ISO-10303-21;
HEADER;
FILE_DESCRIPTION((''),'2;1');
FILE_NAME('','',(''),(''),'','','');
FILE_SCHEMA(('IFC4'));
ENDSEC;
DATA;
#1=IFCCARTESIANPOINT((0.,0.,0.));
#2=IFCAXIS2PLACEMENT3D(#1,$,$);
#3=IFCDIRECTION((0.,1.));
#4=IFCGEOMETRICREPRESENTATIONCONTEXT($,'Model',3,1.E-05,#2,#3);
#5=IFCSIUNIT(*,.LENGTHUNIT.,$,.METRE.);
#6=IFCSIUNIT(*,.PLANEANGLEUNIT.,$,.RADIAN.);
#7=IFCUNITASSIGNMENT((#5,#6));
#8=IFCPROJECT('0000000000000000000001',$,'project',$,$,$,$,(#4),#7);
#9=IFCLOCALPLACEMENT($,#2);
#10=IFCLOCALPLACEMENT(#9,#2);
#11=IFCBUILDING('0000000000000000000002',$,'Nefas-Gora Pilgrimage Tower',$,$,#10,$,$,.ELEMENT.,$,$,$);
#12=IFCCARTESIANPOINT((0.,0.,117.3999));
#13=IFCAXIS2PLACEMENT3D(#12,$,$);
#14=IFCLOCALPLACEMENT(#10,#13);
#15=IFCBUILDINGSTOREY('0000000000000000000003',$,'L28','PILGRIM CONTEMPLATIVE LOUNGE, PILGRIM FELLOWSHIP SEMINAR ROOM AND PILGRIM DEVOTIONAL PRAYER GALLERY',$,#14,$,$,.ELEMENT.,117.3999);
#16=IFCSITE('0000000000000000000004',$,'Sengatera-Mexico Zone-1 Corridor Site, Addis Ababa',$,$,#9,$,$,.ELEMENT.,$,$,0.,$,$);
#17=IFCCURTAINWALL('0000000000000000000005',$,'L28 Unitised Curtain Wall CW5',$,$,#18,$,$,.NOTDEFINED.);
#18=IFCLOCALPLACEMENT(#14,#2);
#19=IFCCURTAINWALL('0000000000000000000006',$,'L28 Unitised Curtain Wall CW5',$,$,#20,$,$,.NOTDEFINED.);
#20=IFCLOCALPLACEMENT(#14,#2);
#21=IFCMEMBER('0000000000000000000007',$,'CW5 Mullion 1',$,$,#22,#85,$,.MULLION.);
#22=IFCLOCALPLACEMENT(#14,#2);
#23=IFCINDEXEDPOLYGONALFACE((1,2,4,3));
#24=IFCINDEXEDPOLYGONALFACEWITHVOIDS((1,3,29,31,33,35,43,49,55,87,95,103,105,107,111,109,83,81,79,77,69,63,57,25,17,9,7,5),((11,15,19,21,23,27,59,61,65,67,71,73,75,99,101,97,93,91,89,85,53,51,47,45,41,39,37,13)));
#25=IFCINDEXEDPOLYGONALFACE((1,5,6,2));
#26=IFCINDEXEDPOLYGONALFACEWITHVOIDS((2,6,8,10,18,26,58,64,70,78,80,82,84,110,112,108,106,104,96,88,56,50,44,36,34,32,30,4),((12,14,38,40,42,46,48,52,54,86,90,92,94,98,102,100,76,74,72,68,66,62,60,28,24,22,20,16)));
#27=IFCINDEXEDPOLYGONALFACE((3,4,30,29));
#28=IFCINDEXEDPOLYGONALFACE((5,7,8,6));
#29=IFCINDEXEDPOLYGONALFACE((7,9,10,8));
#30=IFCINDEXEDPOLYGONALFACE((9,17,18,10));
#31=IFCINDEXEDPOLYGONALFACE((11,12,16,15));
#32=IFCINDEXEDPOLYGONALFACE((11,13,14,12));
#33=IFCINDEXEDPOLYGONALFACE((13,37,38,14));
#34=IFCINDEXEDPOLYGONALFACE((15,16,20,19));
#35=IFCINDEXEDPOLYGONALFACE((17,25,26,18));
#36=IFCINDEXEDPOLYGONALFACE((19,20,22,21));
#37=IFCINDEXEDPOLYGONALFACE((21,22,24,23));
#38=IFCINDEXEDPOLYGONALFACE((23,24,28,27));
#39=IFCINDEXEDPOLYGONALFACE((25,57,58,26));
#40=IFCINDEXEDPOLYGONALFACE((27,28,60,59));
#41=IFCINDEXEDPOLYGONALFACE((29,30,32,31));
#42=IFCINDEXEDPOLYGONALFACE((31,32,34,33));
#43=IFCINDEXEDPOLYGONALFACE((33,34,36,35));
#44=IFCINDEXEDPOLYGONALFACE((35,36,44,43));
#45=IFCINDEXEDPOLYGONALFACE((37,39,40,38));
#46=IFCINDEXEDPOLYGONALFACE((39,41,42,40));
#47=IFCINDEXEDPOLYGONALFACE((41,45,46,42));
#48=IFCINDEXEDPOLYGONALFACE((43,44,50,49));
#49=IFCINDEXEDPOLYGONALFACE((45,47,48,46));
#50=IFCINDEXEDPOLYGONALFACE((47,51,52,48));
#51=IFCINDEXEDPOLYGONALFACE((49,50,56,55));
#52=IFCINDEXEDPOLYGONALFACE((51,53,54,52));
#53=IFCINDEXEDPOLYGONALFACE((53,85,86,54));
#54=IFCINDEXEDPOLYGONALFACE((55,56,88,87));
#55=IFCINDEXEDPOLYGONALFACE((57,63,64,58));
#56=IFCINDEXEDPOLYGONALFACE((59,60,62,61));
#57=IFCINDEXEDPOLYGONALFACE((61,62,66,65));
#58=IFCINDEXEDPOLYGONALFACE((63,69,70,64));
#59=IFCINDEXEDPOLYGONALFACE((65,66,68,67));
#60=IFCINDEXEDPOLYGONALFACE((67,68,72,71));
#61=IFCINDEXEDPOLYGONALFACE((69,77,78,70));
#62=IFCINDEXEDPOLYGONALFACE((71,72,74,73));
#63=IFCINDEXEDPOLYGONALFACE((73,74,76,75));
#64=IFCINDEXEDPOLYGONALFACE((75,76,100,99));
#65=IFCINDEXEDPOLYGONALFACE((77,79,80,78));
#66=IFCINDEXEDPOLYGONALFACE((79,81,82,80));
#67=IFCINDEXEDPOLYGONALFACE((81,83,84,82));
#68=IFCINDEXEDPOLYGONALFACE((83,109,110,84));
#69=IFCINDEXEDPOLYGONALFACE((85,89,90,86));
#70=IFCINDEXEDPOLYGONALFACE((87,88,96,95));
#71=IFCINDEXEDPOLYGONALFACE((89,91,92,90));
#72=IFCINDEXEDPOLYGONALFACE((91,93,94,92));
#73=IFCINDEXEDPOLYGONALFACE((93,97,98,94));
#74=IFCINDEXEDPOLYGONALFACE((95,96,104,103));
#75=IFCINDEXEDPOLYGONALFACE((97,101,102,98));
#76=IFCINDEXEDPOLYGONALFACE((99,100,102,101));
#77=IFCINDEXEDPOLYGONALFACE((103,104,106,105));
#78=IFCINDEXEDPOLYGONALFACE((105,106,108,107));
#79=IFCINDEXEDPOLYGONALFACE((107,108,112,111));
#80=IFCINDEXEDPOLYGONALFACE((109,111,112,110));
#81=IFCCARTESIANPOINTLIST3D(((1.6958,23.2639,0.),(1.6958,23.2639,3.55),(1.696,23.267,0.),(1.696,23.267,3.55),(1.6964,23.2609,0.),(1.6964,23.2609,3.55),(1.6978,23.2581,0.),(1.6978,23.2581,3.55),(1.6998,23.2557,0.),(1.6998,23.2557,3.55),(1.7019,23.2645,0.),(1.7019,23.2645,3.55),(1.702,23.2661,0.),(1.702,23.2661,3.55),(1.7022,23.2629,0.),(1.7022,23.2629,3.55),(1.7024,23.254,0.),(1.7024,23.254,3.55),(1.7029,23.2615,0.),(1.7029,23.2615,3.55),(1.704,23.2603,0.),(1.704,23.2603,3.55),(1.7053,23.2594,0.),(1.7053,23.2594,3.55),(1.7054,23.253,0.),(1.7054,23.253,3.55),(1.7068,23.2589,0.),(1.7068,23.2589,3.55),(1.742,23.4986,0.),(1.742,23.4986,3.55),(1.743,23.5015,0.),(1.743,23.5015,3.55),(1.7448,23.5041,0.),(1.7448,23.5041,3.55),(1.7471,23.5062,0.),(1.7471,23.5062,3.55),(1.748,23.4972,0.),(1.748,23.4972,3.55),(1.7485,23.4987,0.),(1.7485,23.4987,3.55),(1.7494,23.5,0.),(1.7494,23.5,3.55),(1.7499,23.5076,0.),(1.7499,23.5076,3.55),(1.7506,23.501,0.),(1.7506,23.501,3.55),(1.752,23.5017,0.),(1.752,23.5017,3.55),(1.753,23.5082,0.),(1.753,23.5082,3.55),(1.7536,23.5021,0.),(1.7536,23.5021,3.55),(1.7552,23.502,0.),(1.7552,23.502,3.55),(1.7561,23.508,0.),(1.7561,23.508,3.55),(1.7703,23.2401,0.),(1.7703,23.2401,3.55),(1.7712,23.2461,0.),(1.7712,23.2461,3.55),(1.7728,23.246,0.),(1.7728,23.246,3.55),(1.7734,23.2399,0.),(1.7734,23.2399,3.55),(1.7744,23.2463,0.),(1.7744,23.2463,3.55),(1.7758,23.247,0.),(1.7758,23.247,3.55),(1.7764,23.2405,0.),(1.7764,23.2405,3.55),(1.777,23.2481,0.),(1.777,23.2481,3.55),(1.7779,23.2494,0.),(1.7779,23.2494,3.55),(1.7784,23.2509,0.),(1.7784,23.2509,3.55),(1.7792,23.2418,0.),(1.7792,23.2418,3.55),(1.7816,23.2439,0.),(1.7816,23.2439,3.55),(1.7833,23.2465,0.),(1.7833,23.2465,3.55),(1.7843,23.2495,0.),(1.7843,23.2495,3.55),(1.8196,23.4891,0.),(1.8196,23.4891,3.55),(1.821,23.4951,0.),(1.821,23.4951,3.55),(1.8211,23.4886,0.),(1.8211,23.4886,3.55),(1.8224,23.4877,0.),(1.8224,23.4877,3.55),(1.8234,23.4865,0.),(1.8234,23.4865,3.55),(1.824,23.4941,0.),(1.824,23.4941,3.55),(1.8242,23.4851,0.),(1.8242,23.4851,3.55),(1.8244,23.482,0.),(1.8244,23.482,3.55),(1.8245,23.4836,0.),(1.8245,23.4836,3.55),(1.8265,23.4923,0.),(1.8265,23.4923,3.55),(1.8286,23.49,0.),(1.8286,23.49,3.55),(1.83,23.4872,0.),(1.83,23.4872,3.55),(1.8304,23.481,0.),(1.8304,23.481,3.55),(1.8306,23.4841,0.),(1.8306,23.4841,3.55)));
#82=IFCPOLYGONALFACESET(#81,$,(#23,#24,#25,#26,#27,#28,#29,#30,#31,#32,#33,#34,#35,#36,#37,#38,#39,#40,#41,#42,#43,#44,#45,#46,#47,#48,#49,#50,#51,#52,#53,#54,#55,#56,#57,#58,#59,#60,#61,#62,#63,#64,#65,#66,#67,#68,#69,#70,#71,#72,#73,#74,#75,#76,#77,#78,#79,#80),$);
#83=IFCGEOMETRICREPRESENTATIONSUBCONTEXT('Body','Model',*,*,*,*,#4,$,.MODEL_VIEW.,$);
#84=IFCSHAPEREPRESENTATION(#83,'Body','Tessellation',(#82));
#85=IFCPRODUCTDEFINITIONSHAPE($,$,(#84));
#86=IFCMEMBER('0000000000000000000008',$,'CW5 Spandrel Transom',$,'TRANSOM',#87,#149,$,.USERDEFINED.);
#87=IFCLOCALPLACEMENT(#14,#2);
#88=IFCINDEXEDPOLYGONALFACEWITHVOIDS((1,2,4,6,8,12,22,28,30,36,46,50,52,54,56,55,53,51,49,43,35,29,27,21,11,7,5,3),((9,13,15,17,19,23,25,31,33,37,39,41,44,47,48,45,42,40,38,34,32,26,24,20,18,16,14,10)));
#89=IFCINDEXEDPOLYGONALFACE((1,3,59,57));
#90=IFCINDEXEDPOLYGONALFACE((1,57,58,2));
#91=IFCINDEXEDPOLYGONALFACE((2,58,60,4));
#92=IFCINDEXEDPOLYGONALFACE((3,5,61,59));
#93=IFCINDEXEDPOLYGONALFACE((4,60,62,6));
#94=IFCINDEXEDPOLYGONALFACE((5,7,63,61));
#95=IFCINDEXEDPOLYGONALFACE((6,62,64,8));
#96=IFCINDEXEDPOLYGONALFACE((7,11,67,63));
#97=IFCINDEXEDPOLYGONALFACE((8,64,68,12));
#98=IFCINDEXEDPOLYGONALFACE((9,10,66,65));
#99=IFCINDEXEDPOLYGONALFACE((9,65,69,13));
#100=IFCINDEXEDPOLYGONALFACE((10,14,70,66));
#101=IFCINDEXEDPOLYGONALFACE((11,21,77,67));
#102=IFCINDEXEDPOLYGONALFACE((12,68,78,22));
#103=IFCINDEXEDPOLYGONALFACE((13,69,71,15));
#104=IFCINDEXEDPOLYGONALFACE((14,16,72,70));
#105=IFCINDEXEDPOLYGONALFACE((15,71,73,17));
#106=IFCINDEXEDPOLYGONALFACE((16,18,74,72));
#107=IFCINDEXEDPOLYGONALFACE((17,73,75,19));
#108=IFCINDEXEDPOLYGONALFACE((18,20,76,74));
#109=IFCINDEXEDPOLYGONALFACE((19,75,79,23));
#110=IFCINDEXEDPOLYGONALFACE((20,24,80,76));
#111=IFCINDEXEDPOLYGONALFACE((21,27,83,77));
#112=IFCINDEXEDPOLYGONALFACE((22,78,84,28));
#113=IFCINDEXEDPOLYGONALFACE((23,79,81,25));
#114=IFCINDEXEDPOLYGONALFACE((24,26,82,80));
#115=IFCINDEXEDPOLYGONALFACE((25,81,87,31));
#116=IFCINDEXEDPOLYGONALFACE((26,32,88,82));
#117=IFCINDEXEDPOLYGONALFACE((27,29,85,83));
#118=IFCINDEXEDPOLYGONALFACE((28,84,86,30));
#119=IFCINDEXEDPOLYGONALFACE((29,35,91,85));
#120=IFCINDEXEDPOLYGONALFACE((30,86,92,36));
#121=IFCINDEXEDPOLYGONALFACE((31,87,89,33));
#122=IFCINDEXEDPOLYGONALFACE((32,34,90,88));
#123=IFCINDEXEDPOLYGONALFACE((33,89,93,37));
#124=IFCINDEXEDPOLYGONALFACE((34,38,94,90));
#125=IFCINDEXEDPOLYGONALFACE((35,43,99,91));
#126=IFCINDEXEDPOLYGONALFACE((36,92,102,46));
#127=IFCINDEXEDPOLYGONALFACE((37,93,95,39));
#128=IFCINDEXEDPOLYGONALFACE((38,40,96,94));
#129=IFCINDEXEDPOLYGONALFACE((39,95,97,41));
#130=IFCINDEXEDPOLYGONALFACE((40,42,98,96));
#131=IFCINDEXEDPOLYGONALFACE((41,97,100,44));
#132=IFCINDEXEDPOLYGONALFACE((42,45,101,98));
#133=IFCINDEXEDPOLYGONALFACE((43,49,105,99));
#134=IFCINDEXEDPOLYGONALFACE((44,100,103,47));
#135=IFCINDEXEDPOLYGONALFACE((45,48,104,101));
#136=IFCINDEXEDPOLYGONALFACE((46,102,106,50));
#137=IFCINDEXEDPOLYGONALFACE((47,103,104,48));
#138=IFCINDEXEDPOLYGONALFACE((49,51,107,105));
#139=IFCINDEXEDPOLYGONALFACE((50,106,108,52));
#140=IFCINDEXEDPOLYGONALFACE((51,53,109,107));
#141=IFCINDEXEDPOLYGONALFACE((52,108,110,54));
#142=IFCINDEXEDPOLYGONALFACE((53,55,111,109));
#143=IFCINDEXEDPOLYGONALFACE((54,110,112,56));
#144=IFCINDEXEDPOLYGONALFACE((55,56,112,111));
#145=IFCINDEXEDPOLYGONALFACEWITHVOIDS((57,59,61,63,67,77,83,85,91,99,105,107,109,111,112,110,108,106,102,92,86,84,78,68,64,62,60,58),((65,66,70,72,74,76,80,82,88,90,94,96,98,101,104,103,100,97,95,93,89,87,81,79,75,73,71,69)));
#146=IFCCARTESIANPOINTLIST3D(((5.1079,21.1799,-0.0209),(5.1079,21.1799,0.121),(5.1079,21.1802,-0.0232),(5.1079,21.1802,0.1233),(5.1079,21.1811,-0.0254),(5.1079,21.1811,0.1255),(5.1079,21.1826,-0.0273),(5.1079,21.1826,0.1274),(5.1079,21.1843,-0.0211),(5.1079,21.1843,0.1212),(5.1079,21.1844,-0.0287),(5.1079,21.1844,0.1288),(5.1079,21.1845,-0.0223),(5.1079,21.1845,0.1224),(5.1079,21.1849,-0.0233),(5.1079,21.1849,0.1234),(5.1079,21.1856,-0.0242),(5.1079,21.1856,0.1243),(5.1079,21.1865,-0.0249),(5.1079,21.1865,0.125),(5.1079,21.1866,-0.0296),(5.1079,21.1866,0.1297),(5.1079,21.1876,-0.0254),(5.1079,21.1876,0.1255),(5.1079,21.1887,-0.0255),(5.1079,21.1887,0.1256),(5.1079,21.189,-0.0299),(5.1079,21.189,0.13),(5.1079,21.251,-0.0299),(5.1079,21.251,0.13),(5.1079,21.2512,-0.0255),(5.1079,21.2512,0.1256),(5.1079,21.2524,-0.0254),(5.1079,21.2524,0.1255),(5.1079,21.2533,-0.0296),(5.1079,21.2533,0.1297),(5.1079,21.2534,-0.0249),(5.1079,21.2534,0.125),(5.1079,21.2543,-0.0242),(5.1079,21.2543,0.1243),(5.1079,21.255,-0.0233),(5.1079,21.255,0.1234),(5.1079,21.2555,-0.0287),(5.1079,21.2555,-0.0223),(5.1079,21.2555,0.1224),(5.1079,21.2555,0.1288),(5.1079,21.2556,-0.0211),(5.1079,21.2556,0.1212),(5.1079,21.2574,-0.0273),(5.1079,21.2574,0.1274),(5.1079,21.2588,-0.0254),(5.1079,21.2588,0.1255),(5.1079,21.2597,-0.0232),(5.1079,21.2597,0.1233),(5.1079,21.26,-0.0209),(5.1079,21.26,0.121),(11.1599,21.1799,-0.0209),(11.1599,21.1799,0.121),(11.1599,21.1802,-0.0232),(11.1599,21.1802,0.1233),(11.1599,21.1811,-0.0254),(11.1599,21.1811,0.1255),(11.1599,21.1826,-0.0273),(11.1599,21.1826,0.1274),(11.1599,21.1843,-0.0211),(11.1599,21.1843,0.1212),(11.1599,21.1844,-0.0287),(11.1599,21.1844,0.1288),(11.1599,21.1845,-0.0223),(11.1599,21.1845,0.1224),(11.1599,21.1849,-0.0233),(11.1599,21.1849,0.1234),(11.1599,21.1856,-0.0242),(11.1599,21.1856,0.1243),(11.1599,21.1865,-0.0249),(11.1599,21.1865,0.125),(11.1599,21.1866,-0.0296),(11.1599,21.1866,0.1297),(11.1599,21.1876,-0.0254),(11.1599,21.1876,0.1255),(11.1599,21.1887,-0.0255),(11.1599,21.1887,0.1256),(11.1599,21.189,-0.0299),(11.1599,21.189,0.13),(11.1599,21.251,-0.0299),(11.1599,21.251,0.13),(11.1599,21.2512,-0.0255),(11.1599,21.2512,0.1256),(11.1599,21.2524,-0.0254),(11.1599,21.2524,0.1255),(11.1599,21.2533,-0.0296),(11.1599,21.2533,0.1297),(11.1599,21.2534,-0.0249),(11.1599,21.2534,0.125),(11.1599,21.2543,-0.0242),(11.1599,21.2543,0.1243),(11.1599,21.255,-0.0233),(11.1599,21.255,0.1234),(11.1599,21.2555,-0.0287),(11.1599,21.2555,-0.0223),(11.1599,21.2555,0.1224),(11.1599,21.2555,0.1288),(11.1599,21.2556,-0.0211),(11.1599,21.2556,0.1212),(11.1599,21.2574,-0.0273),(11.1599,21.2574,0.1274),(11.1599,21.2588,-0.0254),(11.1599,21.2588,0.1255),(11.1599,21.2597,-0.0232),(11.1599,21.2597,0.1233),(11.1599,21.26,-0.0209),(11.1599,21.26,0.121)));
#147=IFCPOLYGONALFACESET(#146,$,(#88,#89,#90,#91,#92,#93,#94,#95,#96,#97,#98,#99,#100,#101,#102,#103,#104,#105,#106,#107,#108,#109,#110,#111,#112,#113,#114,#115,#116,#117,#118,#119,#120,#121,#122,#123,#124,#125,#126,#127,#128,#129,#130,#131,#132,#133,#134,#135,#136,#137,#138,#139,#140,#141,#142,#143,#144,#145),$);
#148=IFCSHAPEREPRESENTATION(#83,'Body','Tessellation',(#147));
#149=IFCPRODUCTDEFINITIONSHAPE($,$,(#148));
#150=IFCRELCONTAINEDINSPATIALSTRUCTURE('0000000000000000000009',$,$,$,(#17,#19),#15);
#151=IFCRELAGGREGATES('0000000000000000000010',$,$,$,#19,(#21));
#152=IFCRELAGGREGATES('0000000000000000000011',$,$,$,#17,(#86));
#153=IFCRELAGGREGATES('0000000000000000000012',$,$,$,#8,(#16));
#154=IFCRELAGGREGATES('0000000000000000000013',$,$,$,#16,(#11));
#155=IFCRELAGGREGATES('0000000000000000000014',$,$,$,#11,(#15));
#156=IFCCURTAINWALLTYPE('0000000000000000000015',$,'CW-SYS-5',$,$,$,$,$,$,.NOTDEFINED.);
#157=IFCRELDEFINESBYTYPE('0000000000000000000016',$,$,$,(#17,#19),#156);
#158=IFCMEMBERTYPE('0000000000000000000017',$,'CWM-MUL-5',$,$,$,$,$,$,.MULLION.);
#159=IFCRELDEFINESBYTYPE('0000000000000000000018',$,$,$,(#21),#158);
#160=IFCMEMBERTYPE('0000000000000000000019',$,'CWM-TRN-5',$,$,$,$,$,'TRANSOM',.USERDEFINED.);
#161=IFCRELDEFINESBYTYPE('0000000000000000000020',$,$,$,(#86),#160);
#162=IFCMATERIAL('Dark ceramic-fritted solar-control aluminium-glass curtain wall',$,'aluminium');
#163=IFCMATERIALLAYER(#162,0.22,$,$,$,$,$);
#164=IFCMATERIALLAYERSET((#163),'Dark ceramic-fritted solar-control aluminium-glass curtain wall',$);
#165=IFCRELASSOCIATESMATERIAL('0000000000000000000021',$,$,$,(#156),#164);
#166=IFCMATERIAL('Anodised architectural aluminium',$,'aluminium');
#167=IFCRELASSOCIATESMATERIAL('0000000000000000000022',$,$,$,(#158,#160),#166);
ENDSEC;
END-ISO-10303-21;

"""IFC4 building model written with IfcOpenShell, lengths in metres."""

from ifc_helpers import new_model, si_unit, direction, frame, origin, origin_2d, place, context, subcontext, project, spatial, hollow_rectangle, extrude, source, transform, mapped, material, layer, layer_set, material_profile, profile_set, type_object, element, aggregate, save


model = new_model("IFC4")

# Units and contexts
model_context = context("Model", 3, precision=1e-05, world=origin(), true_north=direction((0.0, 1.0)))
body_context = subcontext(model_context, "Body", "Model", "MODEL_VIEW")
ifc_project = project(units=[si_unit("LENGTHUNIT", "METRE"), si_unit("PLANEANGLEUNIT", "RADIAN")], contexts=[model_context])

# Site, building, storey
site_placement = place(None, origin())
site = spatial("IfcSite", under=ifc_project, at=site_placement, Name="Sengatera-Mexico Zone-1 Corridor Site, Addis Ababa", CompositionType="ELEMENT", RefElevation=0.0)
building_placement = place(site_placement, origin())
building = spatial("IfcBuilding", under=site, at=building_placement, Name="Nefas-Gora Pilgrimage Tower", CompositionType="ELEMENT")
storey_placement = place(building_placement, frame((0.0, 0.0, 117.3999)))
storey = spatial("IfcBuildingStorey", under=building, at=storey_placement, Name="L28", Description="PILGRIM CONTEMPLATIVE LOUNGE, PILGRIM FELLOWSHIP SEMINAR ROOM AND PILGRIM DEVOTIONAL PRAYER GALLERY", CompositionType="ELEMENT", Elevation=117.3999)

# Curtain wall
ifc_material_1 = material(Name="Dark ceramic-fritted solar-control aluminium-glass curtain wall", Category="aluminium")
ifc_layer_1 = layer(ifc_material_1, 0.22)
ifc_layer_set_1 = layer_set([ifc_layer_1], Name="Dark ceramic-fritted solar-control aluminium-glass curtain wall")
curtain_wall_type_1 = type_object("IfcCurtainWallType", Name="CW-SYS-5", PredefinedType="NOTDEFINED", material=ifc_layer_set_1)
curtain_wall_1_placement = place(storey_placement, origin())
curtain_wall_1 = element("IfcCurtainWall", 1, at=curtain_wall_1_placement, inside=storey, type_object=curtain_wall_type_1, Name="L28 Unitised Curtain Wall CW5", PredefinedType="NOTDEFINED")
ifc_material_2 = material(Name="Anodised architectural aluminium", Category="aluminium")
ifc_material_profile_1 = material_profile(ifc_material_2, hollow_rectangle(XDim=0.0901, YDim=0.26, WallThickness=0.0061, InnerFilletRadius=0.0061, OuterFilletRadius=0.012, at=origin_2d()), Name="ALU MULLION 90x260")
ifc_profile_set_1 = profile_set([ifc_material_profile_1], Name="Anodised architectural aluminium")
member_type_1 = type_object("IfcMemberType", Name="CWM-MUL-5", PredefinedType="MULLION", material=ifc_profile_set_1)
shared_shape_1 = source(origin(), body_context, "Body", "SweptSolid", [
    extrude(hollow_rectangle(XDim=0.0901, YDim=0.26, WallThickness=0.0061, InnerFilletRadius=0.0061, OuterFilletRadius=0.012, at=origin_2d()), origin(), (0.0, 0.0, 1.0), 3.55),
])

# Curtain wall, member
curtain_wall_2_placement = place(storey_placement, origin())
curtain_wall_2 = element("IfcCurtainWall", 2, at=curtain_wall_2_placement, inside=storey, type_object=curtain_wall_type_1, Name="L28 Unitised Curtain Wall CW5", PredefinedType="NOTDEFINED")
member_1_placement = place(storey_placement, frame((1.7632, 23.374, 0.0), z_axis=(0.0, 0.0, 1.0), x_axis=(-0.980783, 0.195102, 0.0)))
member_1 = element("IfcMember", 3, at=member_1_placement, type_object=member_type_1, Name="CW5 Mullion 1", PredefinedType="MULLION", context=body_context, shape_type="MappedRepresentation", body=[
    mapped(shared_shape_1, transform((0.0, 0.0, 0.0), x_axis=(1.0, 0.0, 0.0), y_axis=(0.0, 1.0, 0.0), z_axis=(0.0, 0.0, 1.0), scale=1.0)),
])

# Member
ifc_material_profile_2 = material_profile(ifc_material_2, hollow_rectangle(XDim=0.0801, YDim=0.1599, WallThickness=0.0044, InnerFilletRadius=0.0044, OuterFilletRadius=0.009, at=origin_2d()), Name="ALU TRANSOM 80x160")
ifc_profile_set_2 = profile_set([ifc_material_profile_2], Name="Anodised architectural aluminium")
member_type_2 = type_object("IfcMemberType", Name="CWM-TRN-5", ElementType="TRANSOM", PredefinedType="USERDEFINED", material=ifc_profile_set_2)
shared_shape_2 = source(origin(), body_context, "Body", "SweptSolid", [
    extrude(hollow_rectangle(XDim=0.0801, YDim=0.1599, WallThickness=0.0044, InnerFilletRadius=0.0044, OuterFilletRadius=0.009, at=origin_2d()), origin(), (0.0, 0.0, 1.0), 6.052),
])
member_2_placement = place(storey_placement, frame((11.1599, 21.22, 0.05), z_axis=(-1.0, 0.0, 0.0), x_axis=(0.0, -1.0, 0.0)))
member_2 = element("IfcMember", 4, at=member_2_placement, type_object=member_type_2, Name="CW5 Spandrel Transom", ObjectType="TRANSOM", PredefinedType="USERDEFINED", context=body_context, shape_type="MappedRepresentation", body=[
    mapped(shared_shape_2, transform((0.0, 0.0, 0.0), x_axis=(1.0, 0.0, 0.0), y_axis=(0.0, 1.0, 0.0), z_axis=(0.0, 0.0, 1.0), scale=1.0)),
])

aggregate(curtain_wall_2, [member_1])

aggregate(curtain_wall_1, [member_2])

save(model, "model.ifc")
